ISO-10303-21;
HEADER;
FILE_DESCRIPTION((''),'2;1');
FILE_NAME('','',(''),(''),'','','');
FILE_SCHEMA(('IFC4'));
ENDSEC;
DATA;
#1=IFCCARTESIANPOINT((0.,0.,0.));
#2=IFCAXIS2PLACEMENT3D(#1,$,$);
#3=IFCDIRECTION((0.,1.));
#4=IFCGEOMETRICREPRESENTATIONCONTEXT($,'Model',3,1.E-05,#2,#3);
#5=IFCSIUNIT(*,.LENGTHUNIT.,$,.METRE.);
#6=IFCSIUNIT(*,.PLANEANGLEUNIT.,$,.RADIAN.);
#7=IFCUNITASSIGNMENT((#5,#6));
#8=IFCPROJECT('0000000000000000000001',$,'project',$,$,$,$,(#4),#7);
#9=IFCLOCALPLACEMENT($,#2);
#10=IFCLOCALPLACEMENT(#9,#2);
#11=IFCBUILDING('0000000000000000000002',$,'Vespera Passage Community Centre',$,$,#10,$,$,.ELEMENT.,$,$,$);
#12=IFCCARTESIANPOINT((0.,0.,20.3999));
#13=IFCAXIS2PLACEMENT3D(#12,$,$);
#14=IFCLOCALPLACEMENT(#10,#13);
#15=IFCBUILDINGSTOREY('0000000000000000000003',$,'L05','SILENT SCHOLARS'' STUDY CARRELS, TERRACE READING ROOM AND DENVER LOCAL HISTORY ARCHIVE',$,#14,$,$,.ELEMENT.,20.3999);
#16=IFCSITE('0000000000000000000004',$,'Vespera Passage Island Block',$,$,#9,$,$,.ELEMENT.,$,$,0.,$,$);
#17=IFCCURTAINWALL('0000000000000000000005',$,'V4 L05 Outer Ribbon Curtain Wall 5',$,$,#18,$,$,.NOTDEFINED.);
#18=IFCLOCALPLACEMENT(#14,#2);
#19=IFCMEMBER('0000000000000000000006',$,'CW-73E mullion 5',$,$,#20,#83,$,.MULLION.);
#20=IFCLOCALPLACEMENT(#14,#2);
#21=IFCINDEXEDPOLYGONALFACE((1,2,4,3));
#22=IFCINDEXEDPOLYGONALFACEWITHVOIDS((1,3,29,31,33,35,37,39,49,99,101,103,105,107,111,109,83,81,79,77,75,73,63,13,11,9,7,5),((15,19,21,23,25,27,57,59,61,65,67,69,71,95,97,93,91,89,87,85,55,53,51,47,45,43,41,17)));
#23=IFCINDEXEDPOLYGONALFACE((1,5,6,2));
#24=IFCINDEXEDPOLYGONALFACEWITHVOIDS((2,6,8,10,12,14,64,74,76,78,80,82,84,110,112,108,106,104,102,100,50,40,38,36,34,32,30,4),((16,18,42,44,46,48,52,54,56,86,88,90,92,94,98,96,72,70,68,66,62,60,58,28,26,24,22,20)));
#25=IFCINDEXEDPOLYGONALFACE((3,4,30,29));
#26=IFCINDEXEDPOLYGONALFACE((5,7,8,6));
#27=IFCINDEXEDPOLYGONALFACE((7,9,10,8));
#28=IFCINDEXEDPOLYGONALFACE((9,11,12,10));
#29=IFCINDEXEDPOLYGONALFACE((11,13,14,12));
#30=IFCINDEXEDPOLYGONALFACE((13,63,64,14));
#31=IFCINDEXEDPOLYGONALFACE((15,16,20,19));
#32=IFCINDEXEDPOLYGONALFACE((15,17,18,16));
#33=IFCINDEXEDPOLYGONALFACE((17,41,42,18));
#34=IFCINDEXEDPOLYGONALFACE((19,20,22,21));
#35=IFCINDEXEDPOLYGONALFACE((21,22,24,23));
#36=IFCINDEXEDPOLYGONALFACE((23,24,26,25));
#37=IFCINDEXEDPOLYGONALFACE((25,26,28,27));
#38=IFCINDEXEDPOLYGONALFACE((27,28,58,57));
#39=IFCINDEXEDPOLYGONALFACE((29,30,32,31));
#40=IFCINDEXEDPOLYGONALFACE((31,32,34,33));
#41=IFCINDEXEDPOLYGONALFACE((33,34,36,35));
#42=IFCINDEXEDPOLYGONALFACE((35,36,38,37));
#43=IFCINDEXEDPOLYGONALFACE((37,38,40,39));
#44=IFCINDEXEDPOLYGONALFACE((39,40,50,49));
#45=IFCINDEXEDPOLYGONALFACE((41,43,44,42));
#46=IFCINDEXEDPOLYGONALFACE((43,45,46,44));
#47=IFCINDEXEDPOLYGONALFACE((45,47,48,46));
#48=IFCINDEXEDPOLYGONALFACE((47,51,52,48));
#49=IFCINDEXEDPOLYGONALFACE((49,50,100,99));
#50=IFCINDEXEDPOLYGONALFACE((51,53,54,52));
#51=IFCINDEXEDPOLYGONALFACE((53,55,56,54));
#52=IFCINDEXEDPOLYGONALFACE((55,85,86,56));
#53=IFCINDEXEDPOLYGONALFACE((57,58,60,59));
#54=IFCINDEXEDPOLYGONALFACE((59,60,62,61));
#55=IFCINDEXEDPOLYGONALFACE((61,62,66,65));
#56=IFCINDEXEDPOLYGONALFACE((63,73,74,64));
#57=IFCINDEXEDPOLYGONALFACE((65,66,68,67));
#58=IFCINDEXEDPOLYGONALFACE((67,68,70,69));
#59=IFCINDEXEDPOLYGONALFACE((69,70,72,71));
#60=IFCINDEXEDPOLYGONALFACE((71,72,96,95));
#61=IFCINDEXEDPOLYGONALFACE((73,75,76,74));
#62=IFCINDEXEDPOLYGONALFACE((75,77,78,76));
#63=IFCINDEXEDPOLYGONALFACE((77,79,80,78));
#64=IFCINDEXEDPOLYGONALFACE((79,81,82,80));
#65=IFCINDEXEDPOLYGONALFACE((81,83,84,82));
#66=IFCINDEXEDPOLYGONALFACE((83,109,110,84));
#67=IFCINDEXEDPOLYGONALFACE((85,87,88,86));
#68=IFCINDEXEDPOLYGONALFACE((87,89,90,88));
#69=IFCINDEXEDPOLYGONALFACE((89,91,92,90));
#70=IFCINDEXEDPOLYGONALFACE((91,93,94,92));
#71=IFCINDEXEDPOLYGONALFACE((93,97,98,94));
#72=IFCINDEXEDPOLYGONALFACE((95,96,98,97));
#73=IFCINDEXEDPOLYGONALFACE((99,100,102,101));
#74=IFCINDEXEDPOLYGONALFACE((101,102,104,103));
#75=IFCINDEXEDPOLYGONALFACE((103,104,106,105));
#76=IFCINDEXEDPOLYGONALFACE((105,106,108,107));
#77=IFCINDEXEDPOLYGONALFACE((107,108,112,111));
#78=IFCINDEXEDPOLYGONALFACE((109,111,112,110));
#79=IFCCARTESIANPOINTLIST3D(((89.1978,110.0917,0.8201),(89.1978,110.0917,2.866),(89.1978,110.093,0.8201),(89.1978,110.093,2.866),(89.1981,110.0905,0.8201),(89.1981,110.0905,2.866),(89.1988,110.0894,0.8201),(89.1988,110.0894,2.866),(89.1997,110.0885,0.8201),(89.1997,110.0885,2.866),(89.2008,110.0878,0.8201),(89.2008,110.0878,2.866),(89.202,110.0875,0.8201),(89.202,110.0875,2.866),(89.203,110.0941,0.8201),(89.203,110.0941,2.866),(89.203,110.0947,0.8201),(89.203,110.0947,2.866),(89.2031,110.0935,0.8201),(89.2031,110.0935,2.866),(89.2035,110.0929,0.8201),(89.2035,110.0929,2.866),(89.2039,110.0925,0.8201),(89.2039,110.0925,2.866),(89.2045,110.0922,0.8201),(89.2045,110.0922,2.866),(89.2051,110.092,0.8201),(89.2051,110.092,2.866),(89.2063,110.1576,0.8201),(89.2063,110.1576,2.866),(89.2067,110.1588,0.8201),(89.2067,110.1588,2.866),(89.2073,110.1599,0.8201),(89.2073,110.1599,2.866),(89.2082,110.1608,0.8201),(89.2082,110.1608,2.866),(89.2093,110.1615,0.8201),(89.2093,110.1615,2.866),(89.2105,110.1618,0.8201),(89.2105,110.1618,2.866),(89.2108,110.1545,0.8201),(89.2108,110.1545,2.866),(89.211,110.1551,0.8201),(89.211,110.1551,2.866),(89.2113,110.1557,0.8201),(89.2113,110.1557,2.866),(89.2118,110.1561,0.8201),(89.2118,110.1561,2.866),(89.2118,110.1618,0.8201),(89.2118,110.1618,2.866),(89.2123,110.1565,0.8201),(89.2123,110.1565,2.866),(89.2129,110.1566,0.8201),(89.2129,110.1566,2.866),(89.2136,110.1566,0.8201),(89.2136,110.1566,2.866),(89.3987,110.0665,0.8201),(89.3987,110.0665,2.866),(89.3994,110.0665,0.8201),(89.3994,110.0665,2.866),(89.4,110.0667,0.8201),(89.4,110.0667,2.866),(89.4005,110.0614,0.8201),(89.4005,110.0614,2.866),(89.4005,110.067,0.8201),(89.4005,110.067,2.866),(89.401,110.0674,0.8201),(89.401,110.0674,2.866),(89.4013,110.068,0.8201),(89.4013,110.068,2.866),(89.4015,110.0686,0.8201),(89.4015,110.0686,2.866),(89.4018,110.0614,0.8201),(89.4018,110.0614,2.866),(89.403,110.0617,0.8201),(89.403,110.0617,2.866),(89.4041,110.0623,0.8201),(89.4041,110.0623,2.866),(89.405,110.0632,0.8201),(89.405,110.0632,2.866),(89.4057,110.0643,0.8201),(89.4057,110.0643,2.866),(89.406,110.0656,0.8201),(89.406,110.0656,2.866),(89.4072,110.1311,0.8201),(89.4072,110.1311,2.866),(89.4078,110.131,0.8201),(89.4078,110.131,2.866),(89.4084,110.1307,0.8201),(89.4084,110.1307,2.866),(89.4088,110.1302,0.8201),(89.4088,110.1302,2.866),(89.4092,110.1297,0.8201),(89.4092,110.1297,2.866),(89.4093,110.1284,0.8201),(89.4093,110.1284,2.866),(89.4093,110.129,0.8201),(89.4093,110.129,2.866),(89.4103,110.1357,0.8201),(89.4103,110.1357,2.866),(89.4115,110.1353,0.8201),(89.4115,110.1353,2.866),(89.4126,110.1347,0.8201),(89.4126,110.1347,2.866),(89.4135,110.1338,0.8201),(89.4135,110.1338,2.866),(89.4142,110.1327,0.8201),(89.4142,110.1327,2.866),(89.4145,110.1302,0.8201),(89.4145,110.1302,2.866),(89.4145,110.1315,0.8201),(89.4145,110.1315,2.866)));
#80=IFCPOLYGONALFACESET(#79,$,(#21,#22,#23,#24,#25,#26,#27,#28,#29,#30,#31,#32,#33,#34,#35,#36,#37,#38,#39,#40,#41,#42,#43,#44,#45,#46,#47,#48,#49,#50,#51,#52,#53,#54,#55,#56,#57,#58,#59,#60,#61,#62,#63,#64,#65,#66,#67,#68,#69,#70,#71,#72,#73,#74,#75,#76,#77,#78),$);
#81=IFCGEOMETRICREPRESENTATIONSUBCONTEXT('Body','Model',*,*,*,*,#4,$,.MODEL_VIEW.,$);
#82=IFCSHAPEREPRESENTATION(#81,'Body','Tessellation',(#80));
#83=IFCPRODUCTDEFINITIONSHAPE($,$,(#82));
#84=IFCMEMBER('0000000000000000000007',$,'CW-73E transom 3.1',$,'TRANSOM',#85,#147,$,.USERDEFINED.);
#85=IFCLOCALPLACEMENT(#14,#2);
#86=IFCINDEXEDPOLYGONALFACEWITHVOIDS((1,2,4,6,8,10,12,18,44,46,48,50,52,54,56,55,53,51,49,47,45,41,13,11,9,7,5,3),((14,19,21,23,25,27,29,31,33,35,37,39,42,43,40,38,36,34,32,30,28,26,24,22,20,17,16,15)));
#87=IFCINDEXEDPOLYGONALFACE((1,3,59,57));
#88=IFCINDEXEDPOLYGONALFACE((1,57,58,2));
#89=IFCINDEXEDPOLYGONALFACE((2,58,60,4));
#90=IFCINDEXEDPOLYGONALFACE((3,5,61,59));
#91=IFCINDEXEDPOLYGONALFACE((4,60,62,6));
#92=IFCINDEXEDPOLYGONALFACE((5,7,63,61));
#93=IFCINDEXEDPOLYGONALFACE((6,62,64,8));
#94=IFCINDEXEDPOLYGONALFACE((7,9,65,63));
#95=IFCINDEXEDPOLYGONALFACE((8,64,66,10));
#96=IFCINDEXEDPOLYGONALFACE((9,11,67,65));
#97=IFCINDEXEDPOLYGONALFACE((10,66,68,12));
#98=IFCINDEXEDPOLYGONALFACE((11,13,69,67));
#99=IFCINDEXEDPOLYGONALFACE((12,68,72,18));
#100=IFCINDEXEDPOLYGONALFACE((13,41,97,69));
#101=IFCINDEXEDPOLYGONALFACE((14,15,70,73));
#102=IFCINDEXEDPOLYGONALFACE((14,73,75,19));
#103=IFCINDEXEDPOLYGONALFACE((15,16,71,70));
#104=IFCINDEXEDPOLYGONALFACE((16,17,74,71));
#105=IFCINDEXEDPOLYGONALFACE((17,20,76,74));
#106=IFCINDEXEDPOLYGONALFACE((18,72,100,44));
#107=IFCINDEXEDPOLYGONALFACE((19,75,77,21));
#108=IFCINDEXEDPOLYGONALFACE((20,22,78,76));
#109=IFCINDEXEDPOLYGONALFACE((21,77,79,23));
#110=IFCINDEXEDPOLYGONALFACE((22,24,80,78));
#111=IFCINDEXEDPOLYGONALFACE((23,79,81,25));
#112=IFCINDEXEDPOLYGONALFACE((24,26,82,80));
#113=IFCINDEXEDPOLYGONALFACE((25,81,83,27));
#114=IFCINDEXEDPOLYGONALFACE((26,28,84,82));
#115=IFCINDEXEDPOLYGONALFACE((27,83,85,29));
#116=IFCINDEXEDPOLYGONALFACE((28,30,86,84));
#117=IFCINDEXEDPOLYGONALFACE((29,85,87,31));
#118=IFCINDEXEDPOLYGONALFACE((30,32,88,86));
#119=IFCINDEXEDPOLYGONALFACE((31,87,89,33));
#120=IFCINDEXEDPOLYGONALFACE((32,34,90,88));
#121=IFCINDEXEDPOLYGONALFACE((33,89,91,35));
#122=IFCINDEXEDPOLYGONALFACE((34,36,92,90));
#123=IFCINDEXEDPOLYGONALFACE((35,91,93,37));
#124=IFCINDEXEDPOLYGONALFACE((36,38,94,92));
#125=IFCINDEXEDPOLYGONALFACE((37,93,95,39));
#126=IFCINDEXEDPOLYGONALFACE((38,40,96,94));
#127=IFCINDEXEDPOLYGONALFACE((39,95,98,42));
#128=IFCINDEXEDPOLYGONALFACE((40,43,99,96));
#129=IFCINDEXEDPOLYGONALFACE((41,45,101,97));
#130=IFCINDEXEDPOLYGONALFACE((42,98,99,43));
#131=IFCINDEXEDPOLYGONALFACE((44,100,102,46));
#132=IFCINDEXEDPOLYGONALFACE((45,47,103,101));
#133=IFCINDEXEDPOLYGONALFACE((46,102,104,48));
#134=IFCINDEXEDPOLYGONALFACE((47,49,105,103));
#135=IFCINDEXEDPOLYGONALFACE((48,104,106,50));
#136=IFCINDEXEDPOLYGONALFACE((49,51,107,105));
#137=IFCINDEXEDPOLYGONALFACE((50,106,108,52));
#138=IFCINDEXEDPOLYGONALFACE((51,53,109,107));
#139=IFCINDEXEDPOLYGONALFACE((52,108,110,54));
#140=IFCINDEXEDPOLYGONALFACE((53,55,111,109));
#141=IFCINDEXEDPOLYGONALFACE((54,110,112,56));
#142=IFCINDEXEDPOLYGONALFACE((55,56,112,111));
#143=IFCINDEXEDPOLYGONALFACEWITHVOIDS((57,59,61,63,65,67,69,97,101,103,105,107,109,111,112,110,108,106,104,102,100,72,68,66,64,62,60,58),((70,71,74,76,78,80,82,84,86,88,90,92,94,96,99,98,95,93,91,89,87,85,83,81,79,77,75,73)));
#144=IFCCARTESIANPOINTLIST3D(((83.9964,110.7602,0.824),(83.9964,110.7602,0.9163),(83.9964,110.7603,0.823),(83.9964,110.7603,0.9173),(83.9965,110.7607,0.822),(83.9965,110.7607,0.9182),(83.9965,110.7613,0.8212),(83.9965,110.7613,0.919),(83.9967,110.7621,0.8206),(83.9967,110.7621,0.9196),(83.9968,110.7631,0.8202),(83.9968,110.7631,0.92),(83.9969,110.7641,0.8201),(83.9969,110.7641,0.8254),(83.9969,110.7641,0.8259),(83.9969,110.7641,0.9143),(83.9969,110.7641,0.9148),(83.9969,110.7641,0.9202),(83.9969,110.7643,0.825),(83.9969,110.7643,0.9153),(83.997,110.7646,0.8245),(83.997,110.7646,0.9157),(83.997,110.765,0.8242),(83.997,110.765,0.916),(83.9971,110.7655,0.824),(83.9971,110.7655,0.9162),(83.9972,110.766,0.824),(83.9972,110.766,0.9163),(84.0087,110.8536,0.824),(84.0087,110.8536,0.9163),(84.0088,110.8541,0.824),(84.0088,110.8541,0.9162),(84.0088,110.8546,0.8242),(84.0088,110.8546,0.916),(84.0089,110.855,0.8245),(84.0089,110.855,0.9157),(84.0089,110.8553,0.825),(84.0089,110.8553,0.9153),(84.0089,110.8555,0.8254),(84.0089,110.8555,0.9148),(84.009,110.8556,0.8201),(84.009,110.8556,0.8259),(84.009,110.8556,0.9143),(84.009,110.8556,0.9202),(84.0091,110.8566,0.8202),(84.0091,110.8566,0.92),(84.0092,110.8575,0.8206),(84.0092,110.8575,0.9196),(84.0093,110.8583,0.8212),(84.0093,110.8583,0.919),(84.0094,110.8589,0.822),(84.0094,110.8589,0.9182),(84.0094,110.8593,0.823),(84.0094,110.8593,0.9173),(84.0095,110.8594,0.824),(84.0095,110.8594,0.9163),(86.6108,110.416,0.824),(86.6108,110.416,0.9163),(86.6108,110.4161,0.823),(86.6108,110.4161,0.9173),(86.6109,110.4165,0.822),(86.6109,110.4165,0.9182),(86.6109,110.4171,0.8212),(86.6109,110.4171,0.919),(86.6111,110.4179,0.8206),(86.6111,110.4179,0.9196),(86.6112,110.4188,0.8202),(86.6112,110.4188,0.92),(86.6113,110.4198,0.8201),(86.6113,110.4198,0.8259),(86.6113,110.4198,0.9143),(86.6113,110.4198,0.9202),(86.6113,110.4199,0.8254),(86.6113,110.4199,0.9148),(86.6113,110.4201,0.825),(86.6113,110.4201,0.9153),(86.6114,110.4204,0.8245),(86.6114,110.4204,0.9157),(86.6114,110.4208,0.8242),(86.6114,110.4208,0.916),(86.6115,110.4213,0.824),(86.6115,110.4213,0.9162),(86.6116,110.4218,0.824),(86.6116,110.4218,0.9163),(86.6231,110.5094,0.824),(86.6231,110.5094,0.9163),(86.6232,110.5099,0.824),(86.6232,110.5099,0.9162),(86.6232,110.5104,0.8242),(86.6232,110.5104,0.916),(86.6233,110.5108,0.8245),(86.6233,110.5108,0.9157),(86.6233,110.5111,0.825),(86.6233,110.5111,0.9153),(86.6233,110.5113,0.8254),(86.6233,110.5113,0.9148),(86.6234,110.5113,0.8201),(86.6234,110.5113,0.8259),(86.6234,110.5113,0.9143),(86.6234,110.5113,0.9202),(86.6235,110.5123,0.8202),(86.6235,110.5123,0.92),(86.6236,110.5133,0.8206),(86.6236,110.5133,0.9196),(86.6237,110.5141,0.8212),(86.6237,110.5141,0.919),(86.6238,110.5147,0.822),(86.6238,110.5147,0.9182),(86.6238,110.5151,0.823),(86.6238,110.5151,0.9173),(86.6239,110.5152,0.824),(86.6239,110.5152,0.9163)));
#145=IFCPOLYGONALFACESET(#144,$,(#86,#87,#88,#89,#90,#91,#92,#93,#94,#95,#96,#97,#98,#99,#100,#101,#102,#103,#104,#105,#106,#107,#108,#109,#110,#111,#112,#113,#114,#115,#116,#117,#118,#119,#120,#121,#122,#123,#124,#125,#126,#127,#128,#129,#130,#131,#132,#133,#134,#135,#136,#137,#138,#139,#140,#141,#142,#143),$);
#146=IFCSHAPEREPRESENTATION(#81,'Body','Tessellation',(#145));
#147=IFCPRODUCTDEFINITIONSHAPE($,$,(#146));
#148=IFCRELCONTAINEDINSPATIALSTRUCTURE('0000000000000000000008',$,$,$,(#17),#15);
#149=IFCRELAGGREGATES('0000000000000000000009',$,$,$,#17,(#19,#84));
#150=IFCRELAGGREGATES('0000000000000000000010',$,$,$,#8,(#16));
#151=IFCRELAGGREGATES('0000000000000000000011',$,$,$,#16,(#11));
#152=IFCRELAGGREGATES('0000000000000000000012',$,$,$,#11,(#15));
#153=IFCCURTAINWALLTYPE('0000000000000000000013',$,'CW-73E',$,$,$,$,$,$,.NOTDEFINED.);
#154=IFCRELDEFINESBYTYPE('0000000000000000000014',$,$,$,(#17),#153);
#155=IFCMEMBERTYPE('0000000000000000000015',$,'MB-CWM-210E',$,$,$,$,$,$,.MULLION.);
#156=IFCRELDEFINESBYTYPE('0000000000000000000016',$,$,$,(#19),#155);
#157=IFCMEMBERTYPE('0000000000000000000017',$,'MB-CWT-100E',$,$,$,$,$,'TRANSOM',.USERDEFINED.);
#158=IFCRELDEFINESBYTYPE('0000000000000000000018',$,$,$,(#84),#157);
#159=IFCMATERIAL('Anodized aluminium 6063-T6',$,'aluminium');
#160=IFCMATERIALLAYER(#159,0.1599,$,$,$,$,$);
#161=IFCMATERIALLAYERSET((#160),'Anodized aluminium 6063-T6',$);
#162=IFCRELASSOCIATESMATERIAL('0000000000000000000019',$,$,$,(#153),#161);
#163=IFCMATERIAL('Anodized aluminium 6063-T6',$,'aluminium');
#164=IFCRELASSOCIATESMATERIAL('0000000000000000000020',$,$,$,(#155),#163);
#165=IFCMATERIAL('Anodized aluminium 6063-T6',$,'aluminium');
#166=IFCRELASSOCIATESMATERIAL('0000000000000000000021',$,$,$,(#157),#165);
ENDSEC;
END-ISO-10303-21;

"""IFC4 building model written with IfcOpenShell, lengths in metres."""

from ifc_helpers import new_model, si_unit, direction, frame, origin, origin_2d, place, context, subcontext, project, spatial, hollow_rectangle, extrude, material, layer, layer_set, material_profile, profile_set, type_object, element, aggregate, save


model = new_model("IFC4")

# Units and contexts
model_context = context("Model", 3, precision=1e-05, world=origin(), true_north=direction((0.0, 1.0)))
body_context = subcontext(model_context, "Body", "Model", "MODEL_VIEW")
ifc_project = project(units=[si_unit("LENGTHUNIT", "METRE"), si_unit("PLANEANGLEUNIT", "RADIAN")], contexts=[model_context])

# Site, building, storey
site_placement = place(None, origin())
site = spatial("IfcSite", under=ifc_project, at=site_placement, Name="Vespera Passage Island Block", CompositionType="ELEMENT", RefElevation=0.0)
building_placement = place(site_placement, origin())
building = spatial("IfcBuilding", under=site, at=building_placement, Name="Vespera Passage Community Centre", CompositionType="ELEMENT")
storey_placement = place(building_placement, frame((0.0, 0.0, 20.3999)))
storey = spatial("IfcBuildingStorey", under=building, at=storey_placement, Name="L05", Description="SILENT SCHOLARS' STUDY CARRELS, TERRACE READING ROOM AND DENVER LOCAL HISTORY ARCHIVE", CompositionType="ELEMENT", Elevation=20.3999)

# Curtain wall, members
ifc_material_1 = material(Name="Anodized aluminium 6063-T6", Category="aluminium")
ifc_layer_1 = layer(ifc_material_1, 0.1599)
ifc_layer_set_1 = layer_set([ifc_layer_1], Name="Anodized aluminium 6063-T6")
curtain_wall_type_1 = type_object("IfcCurtainWallType", Name="CW-73E", PredefinedType="NOTDEFINED", material=ifc_layer_set_1)
curtain_wall_1_placement = place(storey_placement, origin())
curtain_wall_1 = element("IfcCurtainWall", 1, at=curtain_wall_1_placement, inside=storey, type_object=curtain_wall_type_1, Name="V4 L05 Outer Ribbon Curtain Wall 5", PredefinedType="NOTDEFINED")
ifc_material_2 = material(Name="Anodized aluminium 6063-T6", Category="aluminium")
ifc_material_profile_1 = material_profile(ifc_material_2, hollow_rectangle(XDim=0.075, YDim=0.21, WallThickness=0.0049, InnerFilletRadius=0.0024, OuterFilletRadius=0.0049, at=origin_2d()), Name="ALU210X75X5")
ifc_profile_set_1 = profile_set([ifc_material_profile_1], Name="Anodized aluminium 6063-T6")
member_type_1 = type_object("IfcMemberType", Name="MB-CWM-210E", PredefinedType="MULLION", material=ifc_profile_set_1)
member_1_placement = place(storey_placement, frame((89.3062, 110.1116, 0.8201), z_axis=(0.0, 0.0, 1.0), x_axis=(0.130531, 0.991444, 0.0)))
member_1 = element("IfcMember", 2, at=member_1_placement, type_object=member_type_1, Name="CW-73E mullion 5", PredefinedType="MULLION", context=body_context, shape_type="SweptSolid", body=[
    extrude(hollow_rectangle(XDim=0.075, YDim=0.21, WallThickness=0.0049, InnerFilletRadius=0.0024, OuterFilletRadius=0.0049, at=origin_2d()), origin(), (0.0, 0.0, 1.0), 2.0459),
])
ifc_material_3 = material(Name="Anodized aluminium 6063-T6", Category="aluminium")
ifc_material_profile_2 = material_profile(ifc_material_3, hollow_rectangle(XDim=0.1001, YDim=0.1001, WallThickness=0.0039, InnerFilletRadius=0.002, OuterFilletRadius=0.0039, at=origin_2d()), Name="ALU100X100X4")
ifc_profile_set_2 = profile_set([ifc_material_profile_2], Name="Anodized aluminium 6063-T6")
member_type_2 = type_object("IfcMemberType", Name="MB-CWT-100E", ElementType="TRANSOM", PredefinedType="USERDEFINED", material=ifc_profile_set_2)
member_2_placement = place(storey_placement, frame((84.0029, 110.8098, 0.8701), z_axis=(0.991443, -0.130538, 0.0), x_axis=(0.130538, 0.991443, 0.0)))
member_2 = element("IfcMember", 3, at=member_2_placement, type_object=member_type_2, Name="CW-73E transom 3.1", ObjectType="TRANSOM", PredefinedType="USERDEFINED", context=body_context, shape_type="SweptSolid", body=[
    extrude(hollow_rectangle(XDim=0.1001, YDim=0.1001, WallThickness=0.0039, InnerFilletRadius=0.002, OuterFilletRadius=0.0039, at=origin_2d()), origin(), (0.0, 0.0, 1.0), 2.637),
])

aggregate(curtain_wall_1, [member_1, member_2])

save(model, "model.ifc")
